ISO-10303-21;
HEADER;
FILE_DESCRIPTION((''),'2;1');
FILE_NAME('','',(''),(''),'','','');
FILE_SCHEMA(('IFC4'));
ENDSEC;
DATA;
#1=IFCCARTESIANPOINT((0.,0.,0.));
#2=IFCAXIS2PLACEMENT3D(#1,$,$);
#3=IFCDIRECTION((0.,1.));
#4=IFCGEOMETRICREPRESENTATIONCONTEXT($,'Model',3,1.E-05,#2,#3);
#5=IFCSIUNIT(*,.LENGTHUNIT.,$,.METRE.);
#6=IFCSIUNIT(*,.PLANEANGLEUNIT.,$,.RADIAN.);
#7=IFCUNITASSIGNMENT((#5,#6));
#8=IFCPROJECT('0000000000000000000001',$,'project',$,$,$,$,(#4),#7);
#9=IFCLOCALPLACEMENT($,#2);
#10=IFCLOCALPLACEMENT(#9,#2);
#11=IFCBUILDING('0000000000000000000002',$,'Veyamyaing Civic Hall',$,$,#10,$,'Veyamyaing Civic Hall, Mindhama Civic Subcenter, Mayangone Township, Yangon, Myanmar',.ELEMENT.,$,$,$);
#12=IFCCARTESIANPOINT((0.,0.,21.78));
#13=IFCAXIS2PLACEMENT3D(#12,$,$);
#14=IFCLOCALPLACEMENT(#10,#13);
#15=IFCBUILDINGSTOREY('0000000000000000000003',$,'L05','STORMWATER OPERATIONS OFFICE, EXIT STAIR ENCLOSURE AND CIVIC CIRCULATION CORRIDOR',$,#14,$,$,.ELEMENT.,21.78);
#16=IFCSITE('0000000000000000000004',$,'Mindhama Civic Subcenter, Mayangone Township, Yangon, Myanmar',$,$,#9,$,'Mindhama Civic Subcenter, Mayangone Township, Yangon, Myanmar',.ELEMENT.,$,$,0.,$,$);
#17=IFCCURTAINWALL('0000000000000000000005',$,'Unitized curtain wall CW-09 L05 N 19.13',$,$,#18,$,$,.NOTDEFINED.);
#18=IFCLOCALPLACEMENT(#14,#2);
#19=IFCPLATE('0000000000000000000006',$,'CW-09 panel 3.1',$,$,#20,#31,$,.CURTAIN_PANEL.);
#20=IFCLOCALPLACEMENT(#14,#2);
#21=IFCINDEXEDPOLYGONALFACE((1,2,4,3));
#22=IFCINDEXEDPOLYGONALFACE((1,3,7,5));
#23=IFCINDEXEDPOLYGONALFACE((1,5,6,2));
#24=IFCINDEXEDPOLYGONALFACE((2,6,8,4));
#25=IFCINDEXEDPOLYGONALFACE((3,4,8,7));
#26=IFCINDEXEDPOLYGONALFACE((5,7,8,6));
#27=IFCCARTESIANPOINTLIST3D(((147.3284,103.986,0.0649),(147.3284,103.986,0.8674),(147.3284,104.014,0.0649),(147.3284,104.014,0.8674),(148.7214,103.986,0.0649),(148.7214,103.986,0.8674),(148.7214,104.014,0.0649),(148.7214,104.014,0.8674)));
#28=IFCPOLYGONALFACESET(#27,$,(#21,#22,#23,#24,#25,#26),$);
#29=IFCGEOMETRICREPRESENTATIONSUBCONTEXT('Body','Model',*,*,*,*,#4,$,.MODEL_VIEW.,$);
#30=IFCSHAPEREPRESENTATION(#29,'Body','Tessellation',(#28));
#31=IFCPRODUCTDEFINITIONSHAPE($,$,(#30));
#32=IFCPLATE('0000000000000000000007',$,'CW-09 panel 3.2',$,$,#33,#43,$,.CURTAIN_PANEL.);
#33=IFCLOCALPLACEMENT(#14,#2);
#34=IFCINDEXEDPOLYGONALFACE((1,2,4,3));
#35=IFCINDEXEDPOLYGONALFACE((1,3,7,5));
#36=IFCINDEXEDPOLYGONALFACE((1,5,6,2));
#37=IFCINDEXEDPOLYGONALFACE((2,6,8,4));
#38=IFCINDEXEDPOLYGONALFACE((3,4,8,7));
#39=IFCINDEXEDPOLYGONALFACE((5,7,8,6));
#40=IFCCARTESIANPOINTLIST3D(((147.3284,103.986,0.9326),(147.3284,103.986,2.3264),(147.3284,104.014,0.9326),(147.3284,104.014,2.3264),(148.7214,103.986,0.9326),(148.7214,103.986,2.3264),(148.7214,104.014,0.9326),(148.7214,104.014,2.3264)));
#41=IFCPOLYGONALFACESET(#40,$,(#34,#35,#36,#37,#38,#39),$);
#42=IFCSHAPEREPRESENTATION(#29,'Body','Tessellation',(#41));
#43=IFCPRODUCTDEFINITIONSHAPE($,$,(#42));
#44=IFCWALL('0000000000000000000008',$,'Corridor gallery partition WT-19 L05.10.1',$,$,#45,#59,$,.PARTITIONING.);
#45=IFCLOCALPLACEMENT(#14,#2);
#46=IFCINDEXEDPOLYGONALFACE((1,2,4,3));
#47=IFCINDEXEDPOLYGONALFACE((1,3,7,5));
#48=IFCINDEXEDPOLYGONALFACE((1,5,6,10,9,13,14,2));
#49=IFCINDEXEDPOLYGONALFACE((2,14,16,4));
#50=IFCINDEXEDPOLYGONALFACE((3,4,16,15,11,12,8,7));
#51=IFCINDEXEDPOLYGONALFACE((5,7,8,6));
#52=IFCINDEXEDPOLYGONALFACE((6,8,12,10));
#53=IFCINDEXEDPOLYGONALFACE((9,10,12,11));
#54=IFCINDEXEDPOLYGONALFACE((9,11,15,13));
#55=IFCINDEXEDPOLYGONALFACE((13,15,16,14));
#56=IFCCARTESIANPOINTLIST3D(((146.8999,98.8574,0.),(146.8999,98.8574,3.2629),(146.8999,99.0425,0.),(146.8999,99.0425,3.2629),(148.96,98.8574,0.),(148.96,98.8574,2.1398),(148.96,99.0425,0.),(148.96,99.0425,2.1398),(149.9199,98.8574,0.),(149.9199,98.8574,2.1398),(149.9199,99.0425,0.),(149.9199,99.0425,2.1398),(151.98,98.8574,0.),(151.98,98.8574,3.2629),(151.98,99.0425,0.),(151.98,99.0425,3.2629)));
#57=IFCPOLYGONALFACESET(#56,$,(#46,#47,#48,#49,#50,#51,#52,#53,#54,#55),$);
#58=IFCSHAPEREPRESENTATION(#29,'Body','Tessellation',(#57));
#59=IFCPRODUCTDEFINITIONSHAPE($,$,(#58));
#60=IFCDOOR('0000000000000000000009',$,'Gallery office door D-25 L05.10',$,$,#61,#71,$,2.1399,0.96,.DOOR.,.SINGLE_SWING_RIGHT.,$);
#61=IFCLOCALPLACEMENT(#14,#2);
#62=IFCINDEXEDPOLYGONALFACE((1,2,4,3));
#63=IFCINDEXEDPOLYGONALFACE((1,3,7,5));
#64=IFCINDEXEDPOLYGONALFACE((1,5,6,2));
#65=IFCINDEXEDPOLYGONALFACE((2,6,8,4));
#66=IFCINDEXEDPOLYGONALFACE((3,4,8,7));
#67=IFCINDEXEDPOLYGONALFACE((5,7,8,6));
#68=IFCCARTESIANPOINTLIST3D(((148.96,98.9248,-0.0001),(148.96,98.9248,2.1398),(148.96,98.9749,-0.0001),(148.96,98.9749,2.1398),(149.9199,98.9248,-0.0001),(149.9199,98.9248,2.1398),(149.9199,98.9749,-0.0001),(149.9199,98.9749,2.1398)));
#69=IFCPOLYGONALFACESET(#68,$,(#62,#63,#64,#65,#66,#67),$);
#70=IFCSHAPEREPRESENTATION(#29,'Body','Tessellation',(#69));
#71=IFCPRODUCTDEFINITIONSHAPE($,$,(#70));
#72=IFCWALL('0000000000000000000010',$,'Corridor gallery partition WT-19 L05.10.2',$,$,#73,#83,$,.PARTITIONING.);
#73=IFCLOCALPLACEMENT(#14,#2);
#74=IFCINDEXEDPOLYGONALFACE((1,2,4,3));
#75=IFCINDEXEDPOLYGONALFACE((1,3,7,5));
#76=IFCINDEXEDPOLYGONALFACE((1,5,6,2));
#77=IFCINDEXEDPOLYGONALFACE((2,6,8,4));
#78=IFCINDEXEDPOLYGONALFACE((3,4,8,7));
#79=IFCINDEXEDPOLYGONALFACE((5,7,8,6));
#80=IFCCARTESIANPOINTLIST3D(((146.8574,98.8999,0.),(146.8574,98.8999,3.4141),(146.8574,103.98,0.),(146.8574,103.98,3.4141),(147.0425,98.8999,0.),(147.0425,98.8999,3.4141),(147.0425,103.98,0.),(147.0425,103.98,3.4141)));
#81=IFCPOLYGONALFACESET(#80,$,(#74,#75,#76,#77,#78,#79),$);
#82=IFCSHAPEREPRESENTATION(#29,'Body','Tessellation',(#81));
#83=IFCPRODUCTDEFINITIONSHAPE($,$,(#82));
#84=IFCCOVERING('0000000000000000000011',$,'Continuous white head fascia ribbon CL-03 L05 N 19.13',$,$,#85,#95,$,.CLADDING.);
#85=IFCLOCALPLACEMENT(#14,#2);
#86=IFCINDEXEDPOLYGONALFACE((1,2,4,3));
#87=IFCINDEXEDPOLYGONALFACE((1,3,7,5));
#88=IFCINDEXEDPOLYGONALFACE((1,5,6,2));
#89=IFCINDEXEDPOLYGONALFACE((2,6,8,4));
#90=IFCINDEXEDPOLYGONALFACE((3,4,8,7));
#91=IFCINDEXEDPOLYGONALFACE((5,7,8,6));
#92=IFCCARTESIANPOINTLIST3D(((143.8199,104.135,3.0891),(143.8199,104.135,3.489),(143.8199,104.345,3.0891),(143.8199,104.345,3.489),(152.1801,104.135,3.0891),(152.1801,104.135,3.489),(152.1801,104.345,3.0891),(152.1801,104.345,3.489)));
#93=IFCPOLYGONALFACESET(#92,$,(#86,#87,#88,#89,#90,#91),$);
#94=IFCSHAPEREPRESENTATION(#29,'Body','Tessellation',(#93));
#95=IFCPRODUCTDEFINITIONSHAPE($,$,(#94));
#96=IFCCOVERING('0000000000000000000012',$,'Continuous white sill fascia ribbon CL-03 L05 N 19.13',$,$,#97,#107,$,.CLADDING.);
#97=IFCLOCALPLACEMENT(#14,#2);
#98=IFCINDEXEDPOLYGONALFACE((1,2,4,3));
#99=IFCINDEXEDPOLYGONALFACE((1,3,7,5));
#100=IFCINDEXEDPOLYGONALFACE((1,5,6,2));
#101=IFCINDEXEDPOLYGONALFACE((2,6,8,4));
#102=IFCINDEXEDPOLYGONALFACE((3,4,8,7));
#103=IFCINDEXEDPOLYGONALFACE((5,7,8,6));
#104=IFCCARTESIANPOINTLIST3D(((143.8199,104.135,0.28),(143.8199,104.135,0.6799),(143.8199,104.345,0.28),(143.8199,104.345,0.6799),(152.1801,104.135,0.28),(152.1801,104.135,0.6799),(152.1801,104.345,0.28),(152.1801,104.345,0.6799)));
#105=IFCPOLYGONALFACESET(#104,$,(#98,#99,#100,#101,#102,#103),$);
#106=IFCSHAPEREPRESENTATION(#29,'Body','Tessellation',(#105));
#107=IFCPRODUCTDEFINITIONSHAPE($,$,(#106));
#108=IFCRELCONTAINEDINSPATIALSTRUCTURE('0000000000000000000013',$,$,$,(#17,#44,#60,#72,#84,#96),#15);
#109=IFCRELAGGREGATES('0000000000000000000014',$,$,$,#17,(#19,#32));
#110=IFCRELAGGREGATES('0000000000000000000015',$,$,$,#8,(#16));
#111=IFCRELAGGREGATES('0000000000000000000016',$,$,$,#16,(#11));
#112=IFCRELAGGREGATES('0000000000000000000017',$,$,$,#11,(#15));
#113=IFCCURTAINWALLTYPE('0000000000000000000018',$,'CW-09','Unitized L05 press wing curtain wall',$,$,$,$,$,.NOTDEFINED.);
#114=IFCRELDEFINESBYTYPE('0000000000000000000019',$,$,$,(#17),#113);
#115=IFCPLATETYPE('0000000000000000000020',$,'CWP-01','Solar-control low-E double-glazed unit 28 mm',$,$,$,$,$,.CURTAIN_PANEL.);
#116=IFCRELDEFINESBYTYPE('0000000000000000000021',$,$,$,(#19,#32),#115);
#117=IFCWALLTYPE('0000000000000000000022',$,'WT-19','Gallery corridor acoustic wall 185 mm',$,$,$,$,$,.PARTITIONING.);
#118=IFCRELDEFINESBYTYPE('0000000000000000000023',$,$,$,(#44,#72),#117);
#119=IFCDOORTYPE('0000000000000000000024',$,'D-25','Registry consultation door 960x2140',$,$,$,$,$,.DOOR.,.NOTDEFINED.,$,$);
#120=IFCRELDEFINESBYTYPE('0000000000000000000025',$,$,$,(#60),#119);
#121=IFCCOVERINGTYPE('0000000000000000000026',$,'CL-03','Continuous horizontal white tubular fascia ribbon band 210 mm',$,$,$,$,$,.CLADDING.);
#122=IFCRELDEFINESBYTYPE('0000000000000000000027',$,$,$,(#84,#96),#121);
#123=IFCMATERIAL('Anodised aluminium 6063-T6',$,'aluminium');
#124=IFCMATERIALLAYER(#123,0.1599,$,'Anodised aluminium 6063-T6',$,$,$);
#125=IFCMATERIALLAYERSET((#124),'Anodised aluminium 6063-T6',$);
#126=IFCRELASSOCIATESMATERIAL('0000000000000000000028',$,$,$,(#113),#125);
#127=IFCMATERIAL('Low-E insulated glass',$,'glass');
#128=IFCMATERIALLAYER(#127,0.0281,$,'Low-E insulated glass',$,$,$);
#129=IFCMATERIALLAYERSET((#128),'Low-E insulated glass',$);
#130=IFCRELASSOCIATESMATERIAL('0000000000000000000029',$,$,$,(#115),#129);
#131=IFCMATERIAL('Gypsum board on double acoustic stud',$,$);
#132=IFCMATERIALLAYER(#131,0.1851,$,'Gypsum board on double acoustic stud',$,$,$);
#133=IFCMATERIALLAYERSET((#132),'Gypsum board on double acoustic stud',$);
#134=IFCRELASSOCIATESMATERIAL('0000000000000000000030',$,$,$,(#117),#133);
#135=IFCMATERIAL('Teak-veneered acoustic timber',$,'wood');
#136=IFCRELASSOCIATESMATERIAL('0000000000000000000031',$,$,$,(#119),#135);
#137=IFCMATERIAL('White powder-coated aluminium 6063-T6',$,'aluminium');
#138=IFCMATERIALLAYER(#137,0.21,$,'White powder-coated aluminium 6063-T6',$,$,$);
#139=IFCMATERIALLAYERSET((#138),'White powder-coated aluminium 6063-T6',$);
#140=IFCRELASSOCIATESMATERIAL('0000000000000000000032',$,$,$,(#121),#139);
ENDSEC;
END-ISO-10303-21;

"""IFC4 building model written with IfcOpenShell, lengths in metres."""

from ifc_helpers import new_model, si_unit, direction, frame, frame_2d, origin, origin_2d, place, context, subcontext, project, spatial, rectangle, extrude, material, layer, layer_set, type_object, element, fill, aggregate, save


model = new_model("IFC4")

# Units and contexts
model_context = context("Model", 3, precision=1e-05, world=origin(), true_north=direction((0.0, 1.0)))
body_context = subcontext(model_context, "Body", "Model", "MODEL_VIEW")
ifc_project = project(units=[si_unit("LENGTHUNIT", "METRE"), si_unit("PLANEANGLEUNIT", "RADIAN")], contexts=[model_context])

# Site, building, storey
site_placement = place(None, origin())
site = spatial("IfcSite", under=ifc_project, at=site_placement, Name="Mindhama Civic Subcenter, Mayangone Township, Yangon, Myanmar", LongName="Mindhama Civic Subcenter, Mayangone Township, Yangon, Myanmar", CompositionType="ELEMENT", RefElevation=0.0)
building_placement = place(site_placement, origin())
building = spatial("IfcBuilding", under=site, at=building_placement, Name="Veyamyaing Civic Hall", LongName="Veyamyaing Civic Hall, Mindhama Civic Subcenter, Mayangone Township, Yangon, Myanmar", CompositionType="ELEMENT")
storey_placement = place(building_placement, frame((0.0, 0.0, 21.78)))
storey = spatial("IfcBuildingStorey", under=building, at=storey_placement, Name="L05", Description="STORMWATER OPERATIONS OFFICE, EXIT STAIR ENCLOSURE AND CIVIC CIRCULATION CORRIDOR", CompositionType="ELEMENT", Elevation=21.78)

# Curtain wall, plates
ifc_material_1 = material(Name="Anodised aluminium 6063-T6", Category="aluminium")
ifc_layer_1 = layer(ifc_material_1, 0.1599, Name="Anodised aluminium 6063-T6")
ifc_layer_set_1 = layer_set([ifc_layer_1], Name="Anodised aluminium 6063-T6")
curtain_wall_type = type_object("IfcCurtainWallType", Name="CW-09", Description="Unitized L05 press wing curtain wall", PredefinedType="NOTDEFINED", material=ifc_layer_set_1)
curtain_wall_placement = place(storey_placement, origin())
curtain_wall = element("IfcCurtainWall", 1, at=curtain_wall_placement, inside=storey, type_object=curtain_wall_type, Name="Unitized curtain wall CW-09 L05 N 19.13", PredefinedType="NOTDEFINED")
ifc_material_2 = material(Name="Low-E insulated glass", Category="glass")
ifc_layer_2 = layer(ifc_material_2, 0.0281, Name="Low-E insulated glass")
ifc_layer_set_2 = layer_set([ifc_layer_2], Name="Low-E insulated glass")
plate_type = type_object("IfcPlateType", Name="CWP-01", Description="Solar-control low-E double-glazed unit 28 mm", PredefinedType="CURTAIN_PANEL", material=ifc_layer_set_2)
plate_1_placement = place(storey_placement, frame((148.0249, 104.0, 0.0649), z_axis=(0.0, 0.0, 1.0), x_axis=(1.0, 0.0, 0.0)))
plate_1 = element("IfcPlate", 2, at=plate_1_placement, type_object=plate_type, Name="CW-09 panel 3.1", PredefinedType="CURTAIN_PANEL", context=body_context, shape_type="SweptSolid", body=[
    extrude(rectangle(XDim=1.3931, YDim=0.0281, at=origin_2d()), origin(), (0.0, 0.0, 1.0), 0.8025),
])
plate_2_placement = place(storey_placement, frame((148.0249, 104.0, 0.9326), z_axis=(0.0, 0.0, 1.0), x_axis=(1.0, 0.0, 0.0)))
plate_2 = element("IfcPlate", 3, at=plate_2_placement, type_object=plate_type, Name="CW-09 panel 3.2", PredefinedType="CURTAIN_PANEL", context=body_context, shape_type="SweptSolid", body=[
    extrude(rectangle(XDim=1.3931, YDim=0.0281, at=origin_2d()), origin(), (0.0, 0.0, 1.0), 1.3938),
])
aggregate(curtain_wall, [plate_1, plate_2])

# Wall, opening, door
ifc_material_3 = material(Name="Gypsum board on double acoustic stud")
ifc_layer_3 = layer(ifc_material_3, 0.1851, Name="Gypsum board on double acoustic stud")
ifc_layer_set_3 = layer_set([ifc_layer_3], Name="Gypsum board on double acoustic stud")
wall_type = type_object("IfcWallType", Name="WT-19", Description="Gallery corridor acoustic wall 185 mm", PredefinedType="PARTITIONING", material=ifc_layer_set_3)
wall_1_placement = place(storey_placement, frame((146.8999, 98.95, 0.0), z_axis=(0.0, 0.0, 1.0), x_axis=(1.0, 0.0, 0.0)))
wall_1 = element("IfcWall", 4, at=wall_1_placement, inside=storey, type_object=wall_type, Name="Corridor gallery partition WT-19 L05.10.1", PredefinedType="PARTITIONING", context=body_context, shape_type="SweptSolid", body=[
    extrude(rectangle(XDim=5.0801, YDim=0.1851, at=frame_2d((2.54, 0.0))), origin(), (0.0, 0.0, 1.0), 3.2629),
])
opening_placement = place(wall_1_placement, frame((2.0601, 0.0, 0.0)))
opening = element("IfcOpeningElement", 5, at=opening_placement, cuts=wall_1, PredefinedType="OPENING", context=body_context, shape_type="SweptSolid", body=[
    extrude(rectangle(XDim=0.96, YDim=2.1399, at=frame_2d((0.48, 1.0698))), frame((0.0, 0.1025, 0.0), z_axis=(0.0, -1.0, 0.0), x_axis=(1.0, 0.0, 0.0)), (0.0, 0.0, 1.0), 0.2051),
])
ifc_material_4 = material(Name="Teak-veneered acoustic timber", Category="wood")
door_type = type_object("IfcDoorType", Name="D-25", Description="Registry consultation door 960x2140", OperationType="NOTDEFINED", PredefinedType="DOOR", material=ifc_material_4)
door_placement = place(opening_placement, origin())
door = element("IfcDoor", 6, at=door_placement, inside=storey, type_object=door_type, Name="Gallery office door D-25 L05.10", OperationType="SINGLE_SWING_RIGHT", OverallHeight=2.1399, OverallWidth=0.96, PredefinedType="DOOR", context=body_context, shape_type="SweptSolid", body=[
    extrude(rectangle(XDim=0.96, YDim=2.1399, at=frame_2d((0.48, 1.0698))), frame((0.0, 0.0249, 0.0), z_axis=(0.0, -1.0, 0.0), x_axis=(1.0, 0.0, 0.0)), (0.0, 0.0, 1.0), 0.05),
])
fill(opening, door)

# Wall
wall_2_placement = place(storey_placement, frame((146.95, 98.8999, 0.0), z_axis=(0.0, 0.0, 1.0), x_axis=(0.0, 1.0, 0.0)))
element("IfcWall", 7, at=wall_2_placement, inside=storey, type_object=wall_type, Name="Corridor gallery partition WT-19 L05.10.2", PredefinedType="PARTITIONING", context=body_context, shape_type="SweptSolid", body=[
    extrude(rectangle(XDim=5.0801, YDim=0.1851, at=frame_2d((2.54, 0.0))), origin(), (0.0, 0.0, 1.0), 3.4141),
])

# Coverings
ifc_material_5 = material(Name="White powder-coated aluminium 6063-T6", Category="aluminium")
ifc_layer_4 = layer(ifc_material_5, 0.21, Name="White powder-coated aluminium 6063-T6")
ifc_layer_set_4 = layer_set([ifc_layer_4], Name="White powder-coated aluminium 6063-T6")
covering_type = type_object("IfcCoveringType", Name="CL-03", Description="Continuous horizontal white tubular fascia ribbon band 210 mm", PredefinedType="CLADDING", material=ifc_layer_set_4)
for number, where, z_axis, x_axis, name in (
    (8, (148.0, 104.24, 3.0891), (0.0, 0.0, 1.0), (1.0, 0.0, 0.0), "Continuous white head fascia ribbon CL-03 L05 N 19.13"),
    (9, (148.0, 104.24, 0.28), (0.0, 0.0, 1.0), (1.0, 0.0, 0.0), "Continuous white sill fascia ribbon CL-03 L05 N 19.13"),
):
    element("IfcCovering", number, at=place(storey_placement, frame(where, z_axis=z_axis, x_axis=x_axis)), inside=storey, type_object=covering_type, Name=name, PredefinedType="CLADDING", context=body_context, shape_type="SweptSolid", body=[
        extrude(rectangle(XDim=8.3601, YDim=0.21, at=origin_2d()), origin(), (0.0, 0.0, 1.0), 0.3999),
    ])

save(model, "model.ifc")
